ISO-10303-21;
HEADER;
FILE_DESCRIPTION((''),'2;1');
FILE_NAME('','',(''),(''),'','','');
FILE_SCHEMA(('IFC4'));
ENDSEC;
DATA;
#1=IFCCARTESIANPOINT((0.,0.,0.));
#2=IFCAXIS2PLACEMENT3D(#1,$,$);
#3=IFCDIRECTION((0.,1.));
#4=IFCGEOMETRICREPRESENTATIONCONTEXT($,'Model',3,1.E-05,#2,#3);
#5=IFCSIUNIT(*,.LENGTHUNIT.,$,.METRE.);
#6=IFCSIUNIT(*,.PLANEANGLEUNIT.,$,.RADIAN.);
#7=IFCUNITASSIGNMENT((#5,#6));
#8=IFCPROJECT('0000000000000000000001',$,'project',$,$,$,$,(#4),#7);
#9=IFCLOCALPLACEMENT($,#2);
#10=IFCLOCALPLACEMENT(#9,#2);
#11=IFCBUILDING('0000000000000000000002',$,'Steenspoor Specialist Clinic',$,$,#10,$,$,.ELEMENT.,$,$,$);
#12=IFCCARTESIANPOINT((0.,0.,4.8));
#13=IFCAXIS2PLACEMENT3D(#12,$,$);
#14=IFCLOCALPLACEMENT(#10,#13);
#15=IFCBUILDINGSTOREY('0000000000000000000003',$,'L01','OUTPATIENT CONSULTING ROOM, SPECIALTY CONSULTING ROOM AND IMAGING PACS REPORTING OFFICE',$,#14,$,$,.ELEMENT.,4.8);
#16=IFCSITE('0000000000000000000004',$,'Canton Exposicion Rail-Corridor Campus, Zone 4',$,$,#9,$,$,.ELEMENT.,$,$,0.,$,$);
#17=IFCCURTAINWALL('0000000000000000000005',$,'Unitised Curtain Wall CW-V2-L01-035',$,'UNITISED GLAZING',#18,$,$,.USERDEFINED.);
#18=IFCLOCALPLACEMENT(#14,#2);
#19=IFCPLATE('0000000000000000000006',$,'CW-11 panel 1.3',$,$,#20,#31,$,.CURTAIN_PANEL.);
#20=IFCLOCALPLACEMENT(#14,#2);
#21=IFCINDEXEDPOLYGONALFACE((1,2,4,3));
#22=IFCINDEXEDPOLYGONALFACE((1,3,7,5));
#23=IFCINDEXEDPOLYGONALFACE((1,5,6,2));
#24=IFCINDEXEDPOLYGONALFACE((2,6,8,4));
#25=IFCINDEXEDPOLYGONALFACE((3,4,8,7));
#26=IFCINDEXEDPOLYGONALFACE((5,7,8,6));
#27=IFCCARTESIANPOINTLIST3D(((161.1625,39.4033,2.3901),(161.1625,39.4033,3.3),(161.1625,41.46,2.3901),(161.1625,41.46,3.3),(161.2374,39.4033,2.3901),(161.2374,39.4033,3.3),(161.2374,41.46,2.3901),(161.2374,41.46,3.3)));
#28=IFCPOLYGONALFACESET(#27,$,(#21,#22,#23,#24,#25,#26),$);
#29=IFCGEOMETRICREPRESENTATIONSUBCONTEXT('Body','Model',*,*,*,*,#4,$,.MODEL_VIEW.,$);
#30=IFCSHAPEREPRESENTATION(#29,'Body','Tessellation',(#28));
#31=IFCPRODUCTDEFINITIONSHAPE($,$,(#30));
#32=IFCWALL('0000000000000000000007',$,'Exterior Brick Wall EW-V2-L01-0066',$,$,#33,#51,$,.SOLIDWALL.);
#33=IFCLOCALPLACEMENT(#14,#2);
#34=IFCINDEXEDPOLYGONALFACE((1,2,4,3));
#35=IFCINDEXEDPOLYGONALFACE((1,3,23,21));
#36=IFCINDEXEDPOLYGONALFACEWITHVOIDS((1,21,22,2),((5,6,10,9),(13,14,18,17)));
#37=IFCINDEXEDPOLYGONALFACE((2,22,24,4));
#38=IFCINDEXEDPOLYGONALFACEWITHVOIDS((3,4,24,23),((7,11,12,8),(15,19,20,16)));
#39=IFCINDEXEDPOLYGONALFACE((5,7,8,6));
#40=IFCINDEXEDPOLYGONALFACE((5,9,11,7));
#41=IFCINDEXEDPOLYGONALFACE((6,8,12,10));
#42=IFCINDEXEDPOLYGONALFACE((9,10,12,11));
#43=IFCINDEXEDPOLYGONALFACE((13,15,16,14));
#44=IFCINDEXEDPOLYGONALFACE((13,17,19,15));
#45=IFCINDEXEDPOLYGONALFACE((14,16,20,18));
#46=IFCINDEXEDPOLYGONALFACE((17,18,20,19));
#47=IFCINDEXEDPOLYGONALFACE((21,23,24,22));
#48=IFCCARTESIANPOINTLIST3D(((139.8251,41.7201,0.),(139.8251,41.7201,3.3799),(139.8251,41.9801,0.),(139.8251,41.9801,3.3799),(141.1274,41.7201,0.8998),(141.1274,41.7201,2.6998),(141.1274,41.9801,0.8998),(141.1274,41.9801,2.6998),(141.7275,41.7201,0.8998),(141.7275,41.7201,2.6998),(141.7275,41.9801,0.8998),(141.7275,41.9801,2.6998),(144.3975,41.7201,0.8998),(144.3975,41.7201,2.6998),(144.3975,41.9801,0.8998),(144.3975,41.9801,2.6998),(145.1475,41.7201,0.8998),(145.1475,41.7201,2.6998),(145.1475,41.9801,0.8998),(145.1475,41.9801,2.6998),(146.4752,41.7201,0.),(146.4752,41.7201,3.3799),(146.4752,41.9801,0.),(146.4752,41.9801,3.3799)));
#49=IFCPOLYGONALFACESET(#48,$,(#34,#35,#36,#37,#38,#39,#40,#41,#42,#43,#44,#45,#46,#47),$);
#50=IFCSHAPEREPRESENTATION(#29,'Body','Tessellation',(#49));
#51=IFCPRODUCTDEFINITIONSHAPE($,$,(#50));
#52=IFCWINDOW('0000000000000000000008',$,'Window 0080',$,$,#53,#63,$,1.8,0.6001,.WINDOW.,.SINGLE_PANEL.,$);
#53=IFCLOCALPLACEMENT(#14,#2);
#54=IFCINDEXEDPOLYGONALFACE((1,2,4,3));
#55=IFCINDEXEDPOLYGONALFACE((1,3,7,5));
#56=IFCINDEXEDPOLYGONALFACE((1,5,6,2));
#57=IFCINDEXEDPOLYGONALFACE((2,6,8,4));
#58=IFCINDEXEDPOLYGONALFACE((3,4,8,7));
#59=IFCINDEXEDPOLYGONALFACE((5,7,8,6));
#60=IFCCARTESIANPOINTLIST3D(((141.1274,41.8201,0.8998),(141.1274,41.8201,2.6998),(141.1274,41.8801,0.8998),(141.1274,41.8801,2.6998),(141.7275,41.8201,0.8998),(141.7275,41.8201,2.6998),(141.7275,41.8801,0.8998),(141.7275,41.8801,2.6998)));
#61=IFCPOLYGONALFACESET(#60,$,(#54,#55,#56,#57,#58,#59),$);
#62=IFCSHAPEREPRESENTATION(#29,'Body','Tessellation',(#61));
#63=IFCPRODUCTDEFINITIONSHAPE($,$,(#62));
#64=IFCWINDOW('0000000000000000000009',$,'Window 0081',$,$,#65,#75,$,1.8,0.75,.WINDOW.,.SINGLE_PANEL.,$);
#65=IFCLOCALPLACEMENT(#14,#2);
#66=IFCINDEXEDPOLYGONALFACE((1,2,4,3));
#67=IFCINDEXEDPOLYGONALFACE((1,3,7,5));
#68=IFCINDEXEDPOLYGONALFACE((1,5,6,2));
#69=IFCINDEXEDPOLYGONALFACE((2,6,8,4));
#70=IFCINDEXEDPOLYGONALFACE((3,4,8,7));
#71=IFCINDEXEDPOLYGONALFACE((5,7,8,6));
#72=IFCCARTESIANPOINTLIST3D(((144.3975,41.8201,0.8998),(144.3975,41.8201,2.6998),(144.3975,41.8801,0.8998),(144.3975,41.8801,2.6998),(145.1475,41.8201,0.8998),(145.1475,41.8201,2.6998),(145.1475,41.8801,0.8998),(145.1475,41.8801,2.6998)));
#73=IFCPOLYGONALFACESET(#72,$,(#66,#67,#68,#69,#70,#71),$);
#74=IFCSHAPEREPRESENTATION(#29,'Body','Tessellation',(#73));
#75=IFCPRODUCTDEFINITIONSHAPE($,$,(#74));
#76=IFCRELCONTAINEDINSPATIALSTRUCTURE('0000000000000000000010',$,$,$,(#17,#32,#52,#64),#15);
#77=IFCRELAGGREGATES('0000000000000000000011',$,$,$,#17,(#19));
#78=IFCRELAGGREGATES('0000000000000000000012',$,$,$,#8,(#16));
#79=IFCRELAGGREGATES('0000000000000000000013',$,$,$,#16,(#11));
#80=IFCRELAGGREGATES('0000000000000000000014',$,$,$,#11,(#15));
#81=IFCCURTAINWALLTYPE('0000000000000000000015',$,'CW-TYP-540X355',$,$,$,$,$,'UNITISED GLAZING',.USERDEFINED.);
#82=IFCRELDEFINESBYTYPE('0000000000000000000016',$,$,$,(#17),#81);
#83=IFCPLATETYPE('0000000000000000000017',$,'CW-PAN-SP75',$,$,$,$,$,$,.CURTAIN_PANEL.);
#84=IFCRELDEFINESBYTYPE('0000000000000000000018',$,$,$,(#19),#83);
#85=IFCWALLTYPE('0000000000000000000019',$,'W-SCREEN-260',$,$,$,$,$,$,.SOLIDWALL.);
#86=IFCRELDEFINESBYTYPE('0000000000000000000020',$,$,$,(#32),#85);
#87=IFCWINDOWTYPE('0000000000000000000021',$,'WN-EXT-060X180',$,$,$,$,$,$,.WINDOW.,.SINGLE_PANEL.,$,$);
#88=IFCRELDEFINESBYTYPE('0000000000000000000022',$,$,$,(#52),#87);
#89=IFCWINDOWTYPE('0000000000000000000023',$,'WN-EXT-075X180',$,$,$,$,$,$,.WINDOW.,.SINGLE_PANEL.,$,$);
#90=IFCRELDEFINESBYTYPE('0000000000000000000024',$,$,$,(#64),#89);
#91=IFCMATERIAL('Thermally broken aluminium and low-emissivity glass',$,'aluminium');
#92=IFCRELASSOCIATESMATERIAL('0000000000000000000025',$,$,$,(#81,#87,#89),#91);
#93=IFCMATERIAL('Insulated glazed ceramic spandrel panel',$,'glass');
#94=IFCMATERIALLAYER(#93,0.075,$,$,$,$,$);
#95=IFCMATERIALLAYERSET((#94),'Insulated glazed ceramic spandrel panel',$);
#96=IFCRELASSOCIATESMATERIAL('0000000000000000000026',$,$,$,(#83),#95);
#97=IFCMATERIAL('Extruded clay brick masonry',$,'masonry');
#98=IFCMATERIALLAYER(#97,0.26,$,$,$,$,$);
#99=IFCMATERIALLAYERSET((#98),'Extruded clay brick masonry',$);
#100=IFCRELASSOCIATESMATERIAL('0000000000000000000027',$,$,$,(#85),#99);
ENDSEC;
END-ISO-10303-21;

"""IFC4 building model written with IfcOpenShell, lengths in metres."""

from ifc_helpers import new_model, si_unit, direction, frame, frame_2d, origin, origin_2d, place, context, subcontext, project, spatial, rectangle, extrude, material, layer, layer_set, type_object, element, fill, aggregate, save


model = new_model("IFC4")

# Units and contexts
model_context = context("Model", 3, precision=1e-05, world=origin(), true_north=direction((0.0, 1.0)))
body_context = subcontext(model_context, "Body", "Model", "MODEL_VIEW")
ifc_project = project(units=[si_unit("LENGTHUNIT", "METRE"), si_unit("PLANEANGLEUNIT", "RADIAN")], contexts=[model_context])

# Site, building, storey
site_placement = place(None, origin())
site = spatial("IfcSite", under=ifc_project, at=site_placement, Name="Canton Exposicion Rail-Corridor Campus, Zone 4", CompositionType="ELEMENT", RefElevation=0.0)
building_placement = place(site_placement, origin())
building = spatial("IfcBuilding", under=site, at=building_placement, Name="Steenspoor Specialist Clinic", CompositionType="ELEMENT")
storey_placement = place(building_placement, frame((0.0, 0.0, 4.8)))
storey = spatial("IfcBuildingStorey", under=building, at=storey_placement, Name="L01", Description="OUTPATIENT CONSULTING ROOM, SPECIALTY CONSULTING ROOM AND IMAGING PACS REPORTING OFFICE", CompositionType="ELEMENT", Elevation=4.8)

# Shared definitions
ifc_material_1 = material(Name="Thermally broken aluminium and low-emissivity glass", Category="aluminium")

# Curtain wall
curtain_wall_type_1 = type_object("IfcCurtainWallType", Name="CW-TYP-540X355", ElementType="UNITISED GLAZING", PredefinedType="USERDEFINED", material=ifc_material_1)
curtain_wall_1_placement = place(storey_placement, origin())
curtain_wall_1 = element("IfcCurtainWall", 1, at=curtain_wall_1_placement, inside=storey, type_object=curtain_wall_type_1, Name="Unitised Curtain Wall CW-V2-L01-035", ObjectType="UNITISED GLAZING", PredefinedType="USERDEFINED")

# Plate
ifc_material_2 = material(Name="Insulated glazed ceramic spandrel panel", Category="glass")
ifc_layer_1 = layer(ifc_material_2, 0.075)
ifc_layer_set_1 = layer_set([ifc_layer_1], Name="Insulated glazed ceramic spandrel panel")
plate_type_1 = type_object("IfcPlateType", Name="CW-PAN-SP75", PredefinedType="CURTAIN_PANEL", material=ifc_layer_set_1)
plate_1_placement = place(storey_placement, frame((161.2, 40.4316, 2.3901), z_axis=(0.0, 0.0, 1.0), x_axis=(0.0, -1.0, 0.0)))
plate_1 = element("IfcPlate", 2, at=plate_1_placement, type_object=plate_type_1, Name="CW-11 panel 1.3", PredefinedType="CURTAIN_PANEL", context=body_context, shape_type="SweptSolid", body=[
    extrude(rectangle(XDim=2.0566, YDim=0.075, at=origin_2d()), origin(), (0.0, 0.0, 1.0), 0.9099),
])
aggregate(curtain_wall_1, [plate_1])

# Wall, openings, windows
ifc_material_3 = material(Name="Extruded clay brick masonry", Category="masonry")
ifc_layer_2 = layer(ifc_material_3, 0.26)
ifc_layer_set_2 = layer_set([ifc_layer_2], Name="Extruded clay brick masonry")
wall_type = type_object("IfcWallType", Name="W-SCREEN-260", PredefinedType="SOLIDWALL", material=ifc_layer_set_2)
wall_placement = place(storey_placement, frame((139.825, 41.8501, 0.0), z_axis=(0.0, 0.0, 1.0), x_axis=(1.0, 0.0, 0.0)))
wall = element("IfcWall", 3, at=wall_placement, inside=storey, type_object=wall_type, Name="Exterior Brick Wall EW-V2-L01-0066", PredefinedType="SOLIDWALL", context=body_context, shape_type="SweptSolid", body=[
    extrude(rectangle(XDim=6.6501, YDim=0.26, at=frame_2d((3.3252, 0.0))), origin(), (0.0, 0.0, 1.0), 3.3799),
])
opening_1_placement = place(wall_placement, frame((1.3025, 0.0, 0.8999)))
opening_1 = element("IfcOpeningElement", 4, at=opening_1_placement, cuts=wall, PredefinedType="OPENING", context=body_context, shape_type="SweptSolid", body=[
    extrude(rectangle(XDim=0.6001, YDim=1.8, at=frame_2d((0.3, 0.8999))), frame((0.0, 0.1401, 0.0), z_axis=(0.0, -1.0, 0.0), x_axis=(1.0, 0.0, 0.0)), (0.0, 0.0, 1.0), 0.28),
])
opening_2_placement = place(wall_placement, frame((4.5725, 0.0, 0.8999)))
opening_2 = element("IfcOpeningElement", 5, at=opening_2_placement, cuts=wall, PredefinedType="OPENING", context=body_context, shape_type="SweptSolid", body=[
    extrude(rectangle(XDim=0.75, YDim=1.8, at=frame_2d((0.375, 0.8999))), frame((0.0, 0.1401, 0.0), z_axis=(0.0, -1.0, 0.0), x_axis=(1.0, 0.0, 0.0)), (0.0, 0.0, 1.0), 0.28),
])
window_type_1 = type_object("IfcWindowType", Name="WN-EXT-060X180", PartitioningType="SINGLE_PANEL", PredefinedType="WINDOW", material=ifc_material_1)
window_1_placement = place(opening_1_placement, origin())
window_1 = element("IfcWindow", 6, at=window_1_placement, inside=storey, type_object=window_type_1, Name="Window 0080", OverallHeight=1.8, OverallWidth=0.6001, PartitioningType="SINGLE_PANEL", PredefinedType="WINDOW", context=body_context, shape_type="SweptSolid", body=[
    extrude(rectangle(XDim=0.6001, YDim=1.8, at=frame_2d((0.3, 0.8999))), frame((0.0, 0.03, 0.0), z_axis=(0.0, -1.0, 0.0), x_axis=(1.0, 0.0, 0.0)), (0.0, 0.0, 1.0), 0.0601),
])
fill(opening_1, window_1)
window_type_2 = type_object("IfcWindowType", Name="WN-EXT-075X180", PartitioningType="SINGLE_PANEL", PredefinedType="WINDOW", material=ifc_material_1)
window_2_placement = place(opening_2_placement, origin())
window_2 = element("IfcWindow", 7, at=window_2_placement, inside=storey, type_object=window_type_2, Name="Window 0081", OverallHeight=1.8, OverallWidth=0.75, PartitioningType="SINGLE_PANEL", PredefinedType="WINDOW", context=body_context, shape_type="SweptSolid", body=[
    extrude(rectangle(XDim=0.75, YDim=1.8, at=frame_2d((0.375, 0.8999))), frame((0.0, 0.03, 0.0), z_axis=(0.0, -1.0, 0.0), x_axis=(1.0, 0.0, 0.0)), (0.0, 0.0, 1.0), 0.0601),
])
fill(opening_2, window_2)

save(model, "model.ifc")
